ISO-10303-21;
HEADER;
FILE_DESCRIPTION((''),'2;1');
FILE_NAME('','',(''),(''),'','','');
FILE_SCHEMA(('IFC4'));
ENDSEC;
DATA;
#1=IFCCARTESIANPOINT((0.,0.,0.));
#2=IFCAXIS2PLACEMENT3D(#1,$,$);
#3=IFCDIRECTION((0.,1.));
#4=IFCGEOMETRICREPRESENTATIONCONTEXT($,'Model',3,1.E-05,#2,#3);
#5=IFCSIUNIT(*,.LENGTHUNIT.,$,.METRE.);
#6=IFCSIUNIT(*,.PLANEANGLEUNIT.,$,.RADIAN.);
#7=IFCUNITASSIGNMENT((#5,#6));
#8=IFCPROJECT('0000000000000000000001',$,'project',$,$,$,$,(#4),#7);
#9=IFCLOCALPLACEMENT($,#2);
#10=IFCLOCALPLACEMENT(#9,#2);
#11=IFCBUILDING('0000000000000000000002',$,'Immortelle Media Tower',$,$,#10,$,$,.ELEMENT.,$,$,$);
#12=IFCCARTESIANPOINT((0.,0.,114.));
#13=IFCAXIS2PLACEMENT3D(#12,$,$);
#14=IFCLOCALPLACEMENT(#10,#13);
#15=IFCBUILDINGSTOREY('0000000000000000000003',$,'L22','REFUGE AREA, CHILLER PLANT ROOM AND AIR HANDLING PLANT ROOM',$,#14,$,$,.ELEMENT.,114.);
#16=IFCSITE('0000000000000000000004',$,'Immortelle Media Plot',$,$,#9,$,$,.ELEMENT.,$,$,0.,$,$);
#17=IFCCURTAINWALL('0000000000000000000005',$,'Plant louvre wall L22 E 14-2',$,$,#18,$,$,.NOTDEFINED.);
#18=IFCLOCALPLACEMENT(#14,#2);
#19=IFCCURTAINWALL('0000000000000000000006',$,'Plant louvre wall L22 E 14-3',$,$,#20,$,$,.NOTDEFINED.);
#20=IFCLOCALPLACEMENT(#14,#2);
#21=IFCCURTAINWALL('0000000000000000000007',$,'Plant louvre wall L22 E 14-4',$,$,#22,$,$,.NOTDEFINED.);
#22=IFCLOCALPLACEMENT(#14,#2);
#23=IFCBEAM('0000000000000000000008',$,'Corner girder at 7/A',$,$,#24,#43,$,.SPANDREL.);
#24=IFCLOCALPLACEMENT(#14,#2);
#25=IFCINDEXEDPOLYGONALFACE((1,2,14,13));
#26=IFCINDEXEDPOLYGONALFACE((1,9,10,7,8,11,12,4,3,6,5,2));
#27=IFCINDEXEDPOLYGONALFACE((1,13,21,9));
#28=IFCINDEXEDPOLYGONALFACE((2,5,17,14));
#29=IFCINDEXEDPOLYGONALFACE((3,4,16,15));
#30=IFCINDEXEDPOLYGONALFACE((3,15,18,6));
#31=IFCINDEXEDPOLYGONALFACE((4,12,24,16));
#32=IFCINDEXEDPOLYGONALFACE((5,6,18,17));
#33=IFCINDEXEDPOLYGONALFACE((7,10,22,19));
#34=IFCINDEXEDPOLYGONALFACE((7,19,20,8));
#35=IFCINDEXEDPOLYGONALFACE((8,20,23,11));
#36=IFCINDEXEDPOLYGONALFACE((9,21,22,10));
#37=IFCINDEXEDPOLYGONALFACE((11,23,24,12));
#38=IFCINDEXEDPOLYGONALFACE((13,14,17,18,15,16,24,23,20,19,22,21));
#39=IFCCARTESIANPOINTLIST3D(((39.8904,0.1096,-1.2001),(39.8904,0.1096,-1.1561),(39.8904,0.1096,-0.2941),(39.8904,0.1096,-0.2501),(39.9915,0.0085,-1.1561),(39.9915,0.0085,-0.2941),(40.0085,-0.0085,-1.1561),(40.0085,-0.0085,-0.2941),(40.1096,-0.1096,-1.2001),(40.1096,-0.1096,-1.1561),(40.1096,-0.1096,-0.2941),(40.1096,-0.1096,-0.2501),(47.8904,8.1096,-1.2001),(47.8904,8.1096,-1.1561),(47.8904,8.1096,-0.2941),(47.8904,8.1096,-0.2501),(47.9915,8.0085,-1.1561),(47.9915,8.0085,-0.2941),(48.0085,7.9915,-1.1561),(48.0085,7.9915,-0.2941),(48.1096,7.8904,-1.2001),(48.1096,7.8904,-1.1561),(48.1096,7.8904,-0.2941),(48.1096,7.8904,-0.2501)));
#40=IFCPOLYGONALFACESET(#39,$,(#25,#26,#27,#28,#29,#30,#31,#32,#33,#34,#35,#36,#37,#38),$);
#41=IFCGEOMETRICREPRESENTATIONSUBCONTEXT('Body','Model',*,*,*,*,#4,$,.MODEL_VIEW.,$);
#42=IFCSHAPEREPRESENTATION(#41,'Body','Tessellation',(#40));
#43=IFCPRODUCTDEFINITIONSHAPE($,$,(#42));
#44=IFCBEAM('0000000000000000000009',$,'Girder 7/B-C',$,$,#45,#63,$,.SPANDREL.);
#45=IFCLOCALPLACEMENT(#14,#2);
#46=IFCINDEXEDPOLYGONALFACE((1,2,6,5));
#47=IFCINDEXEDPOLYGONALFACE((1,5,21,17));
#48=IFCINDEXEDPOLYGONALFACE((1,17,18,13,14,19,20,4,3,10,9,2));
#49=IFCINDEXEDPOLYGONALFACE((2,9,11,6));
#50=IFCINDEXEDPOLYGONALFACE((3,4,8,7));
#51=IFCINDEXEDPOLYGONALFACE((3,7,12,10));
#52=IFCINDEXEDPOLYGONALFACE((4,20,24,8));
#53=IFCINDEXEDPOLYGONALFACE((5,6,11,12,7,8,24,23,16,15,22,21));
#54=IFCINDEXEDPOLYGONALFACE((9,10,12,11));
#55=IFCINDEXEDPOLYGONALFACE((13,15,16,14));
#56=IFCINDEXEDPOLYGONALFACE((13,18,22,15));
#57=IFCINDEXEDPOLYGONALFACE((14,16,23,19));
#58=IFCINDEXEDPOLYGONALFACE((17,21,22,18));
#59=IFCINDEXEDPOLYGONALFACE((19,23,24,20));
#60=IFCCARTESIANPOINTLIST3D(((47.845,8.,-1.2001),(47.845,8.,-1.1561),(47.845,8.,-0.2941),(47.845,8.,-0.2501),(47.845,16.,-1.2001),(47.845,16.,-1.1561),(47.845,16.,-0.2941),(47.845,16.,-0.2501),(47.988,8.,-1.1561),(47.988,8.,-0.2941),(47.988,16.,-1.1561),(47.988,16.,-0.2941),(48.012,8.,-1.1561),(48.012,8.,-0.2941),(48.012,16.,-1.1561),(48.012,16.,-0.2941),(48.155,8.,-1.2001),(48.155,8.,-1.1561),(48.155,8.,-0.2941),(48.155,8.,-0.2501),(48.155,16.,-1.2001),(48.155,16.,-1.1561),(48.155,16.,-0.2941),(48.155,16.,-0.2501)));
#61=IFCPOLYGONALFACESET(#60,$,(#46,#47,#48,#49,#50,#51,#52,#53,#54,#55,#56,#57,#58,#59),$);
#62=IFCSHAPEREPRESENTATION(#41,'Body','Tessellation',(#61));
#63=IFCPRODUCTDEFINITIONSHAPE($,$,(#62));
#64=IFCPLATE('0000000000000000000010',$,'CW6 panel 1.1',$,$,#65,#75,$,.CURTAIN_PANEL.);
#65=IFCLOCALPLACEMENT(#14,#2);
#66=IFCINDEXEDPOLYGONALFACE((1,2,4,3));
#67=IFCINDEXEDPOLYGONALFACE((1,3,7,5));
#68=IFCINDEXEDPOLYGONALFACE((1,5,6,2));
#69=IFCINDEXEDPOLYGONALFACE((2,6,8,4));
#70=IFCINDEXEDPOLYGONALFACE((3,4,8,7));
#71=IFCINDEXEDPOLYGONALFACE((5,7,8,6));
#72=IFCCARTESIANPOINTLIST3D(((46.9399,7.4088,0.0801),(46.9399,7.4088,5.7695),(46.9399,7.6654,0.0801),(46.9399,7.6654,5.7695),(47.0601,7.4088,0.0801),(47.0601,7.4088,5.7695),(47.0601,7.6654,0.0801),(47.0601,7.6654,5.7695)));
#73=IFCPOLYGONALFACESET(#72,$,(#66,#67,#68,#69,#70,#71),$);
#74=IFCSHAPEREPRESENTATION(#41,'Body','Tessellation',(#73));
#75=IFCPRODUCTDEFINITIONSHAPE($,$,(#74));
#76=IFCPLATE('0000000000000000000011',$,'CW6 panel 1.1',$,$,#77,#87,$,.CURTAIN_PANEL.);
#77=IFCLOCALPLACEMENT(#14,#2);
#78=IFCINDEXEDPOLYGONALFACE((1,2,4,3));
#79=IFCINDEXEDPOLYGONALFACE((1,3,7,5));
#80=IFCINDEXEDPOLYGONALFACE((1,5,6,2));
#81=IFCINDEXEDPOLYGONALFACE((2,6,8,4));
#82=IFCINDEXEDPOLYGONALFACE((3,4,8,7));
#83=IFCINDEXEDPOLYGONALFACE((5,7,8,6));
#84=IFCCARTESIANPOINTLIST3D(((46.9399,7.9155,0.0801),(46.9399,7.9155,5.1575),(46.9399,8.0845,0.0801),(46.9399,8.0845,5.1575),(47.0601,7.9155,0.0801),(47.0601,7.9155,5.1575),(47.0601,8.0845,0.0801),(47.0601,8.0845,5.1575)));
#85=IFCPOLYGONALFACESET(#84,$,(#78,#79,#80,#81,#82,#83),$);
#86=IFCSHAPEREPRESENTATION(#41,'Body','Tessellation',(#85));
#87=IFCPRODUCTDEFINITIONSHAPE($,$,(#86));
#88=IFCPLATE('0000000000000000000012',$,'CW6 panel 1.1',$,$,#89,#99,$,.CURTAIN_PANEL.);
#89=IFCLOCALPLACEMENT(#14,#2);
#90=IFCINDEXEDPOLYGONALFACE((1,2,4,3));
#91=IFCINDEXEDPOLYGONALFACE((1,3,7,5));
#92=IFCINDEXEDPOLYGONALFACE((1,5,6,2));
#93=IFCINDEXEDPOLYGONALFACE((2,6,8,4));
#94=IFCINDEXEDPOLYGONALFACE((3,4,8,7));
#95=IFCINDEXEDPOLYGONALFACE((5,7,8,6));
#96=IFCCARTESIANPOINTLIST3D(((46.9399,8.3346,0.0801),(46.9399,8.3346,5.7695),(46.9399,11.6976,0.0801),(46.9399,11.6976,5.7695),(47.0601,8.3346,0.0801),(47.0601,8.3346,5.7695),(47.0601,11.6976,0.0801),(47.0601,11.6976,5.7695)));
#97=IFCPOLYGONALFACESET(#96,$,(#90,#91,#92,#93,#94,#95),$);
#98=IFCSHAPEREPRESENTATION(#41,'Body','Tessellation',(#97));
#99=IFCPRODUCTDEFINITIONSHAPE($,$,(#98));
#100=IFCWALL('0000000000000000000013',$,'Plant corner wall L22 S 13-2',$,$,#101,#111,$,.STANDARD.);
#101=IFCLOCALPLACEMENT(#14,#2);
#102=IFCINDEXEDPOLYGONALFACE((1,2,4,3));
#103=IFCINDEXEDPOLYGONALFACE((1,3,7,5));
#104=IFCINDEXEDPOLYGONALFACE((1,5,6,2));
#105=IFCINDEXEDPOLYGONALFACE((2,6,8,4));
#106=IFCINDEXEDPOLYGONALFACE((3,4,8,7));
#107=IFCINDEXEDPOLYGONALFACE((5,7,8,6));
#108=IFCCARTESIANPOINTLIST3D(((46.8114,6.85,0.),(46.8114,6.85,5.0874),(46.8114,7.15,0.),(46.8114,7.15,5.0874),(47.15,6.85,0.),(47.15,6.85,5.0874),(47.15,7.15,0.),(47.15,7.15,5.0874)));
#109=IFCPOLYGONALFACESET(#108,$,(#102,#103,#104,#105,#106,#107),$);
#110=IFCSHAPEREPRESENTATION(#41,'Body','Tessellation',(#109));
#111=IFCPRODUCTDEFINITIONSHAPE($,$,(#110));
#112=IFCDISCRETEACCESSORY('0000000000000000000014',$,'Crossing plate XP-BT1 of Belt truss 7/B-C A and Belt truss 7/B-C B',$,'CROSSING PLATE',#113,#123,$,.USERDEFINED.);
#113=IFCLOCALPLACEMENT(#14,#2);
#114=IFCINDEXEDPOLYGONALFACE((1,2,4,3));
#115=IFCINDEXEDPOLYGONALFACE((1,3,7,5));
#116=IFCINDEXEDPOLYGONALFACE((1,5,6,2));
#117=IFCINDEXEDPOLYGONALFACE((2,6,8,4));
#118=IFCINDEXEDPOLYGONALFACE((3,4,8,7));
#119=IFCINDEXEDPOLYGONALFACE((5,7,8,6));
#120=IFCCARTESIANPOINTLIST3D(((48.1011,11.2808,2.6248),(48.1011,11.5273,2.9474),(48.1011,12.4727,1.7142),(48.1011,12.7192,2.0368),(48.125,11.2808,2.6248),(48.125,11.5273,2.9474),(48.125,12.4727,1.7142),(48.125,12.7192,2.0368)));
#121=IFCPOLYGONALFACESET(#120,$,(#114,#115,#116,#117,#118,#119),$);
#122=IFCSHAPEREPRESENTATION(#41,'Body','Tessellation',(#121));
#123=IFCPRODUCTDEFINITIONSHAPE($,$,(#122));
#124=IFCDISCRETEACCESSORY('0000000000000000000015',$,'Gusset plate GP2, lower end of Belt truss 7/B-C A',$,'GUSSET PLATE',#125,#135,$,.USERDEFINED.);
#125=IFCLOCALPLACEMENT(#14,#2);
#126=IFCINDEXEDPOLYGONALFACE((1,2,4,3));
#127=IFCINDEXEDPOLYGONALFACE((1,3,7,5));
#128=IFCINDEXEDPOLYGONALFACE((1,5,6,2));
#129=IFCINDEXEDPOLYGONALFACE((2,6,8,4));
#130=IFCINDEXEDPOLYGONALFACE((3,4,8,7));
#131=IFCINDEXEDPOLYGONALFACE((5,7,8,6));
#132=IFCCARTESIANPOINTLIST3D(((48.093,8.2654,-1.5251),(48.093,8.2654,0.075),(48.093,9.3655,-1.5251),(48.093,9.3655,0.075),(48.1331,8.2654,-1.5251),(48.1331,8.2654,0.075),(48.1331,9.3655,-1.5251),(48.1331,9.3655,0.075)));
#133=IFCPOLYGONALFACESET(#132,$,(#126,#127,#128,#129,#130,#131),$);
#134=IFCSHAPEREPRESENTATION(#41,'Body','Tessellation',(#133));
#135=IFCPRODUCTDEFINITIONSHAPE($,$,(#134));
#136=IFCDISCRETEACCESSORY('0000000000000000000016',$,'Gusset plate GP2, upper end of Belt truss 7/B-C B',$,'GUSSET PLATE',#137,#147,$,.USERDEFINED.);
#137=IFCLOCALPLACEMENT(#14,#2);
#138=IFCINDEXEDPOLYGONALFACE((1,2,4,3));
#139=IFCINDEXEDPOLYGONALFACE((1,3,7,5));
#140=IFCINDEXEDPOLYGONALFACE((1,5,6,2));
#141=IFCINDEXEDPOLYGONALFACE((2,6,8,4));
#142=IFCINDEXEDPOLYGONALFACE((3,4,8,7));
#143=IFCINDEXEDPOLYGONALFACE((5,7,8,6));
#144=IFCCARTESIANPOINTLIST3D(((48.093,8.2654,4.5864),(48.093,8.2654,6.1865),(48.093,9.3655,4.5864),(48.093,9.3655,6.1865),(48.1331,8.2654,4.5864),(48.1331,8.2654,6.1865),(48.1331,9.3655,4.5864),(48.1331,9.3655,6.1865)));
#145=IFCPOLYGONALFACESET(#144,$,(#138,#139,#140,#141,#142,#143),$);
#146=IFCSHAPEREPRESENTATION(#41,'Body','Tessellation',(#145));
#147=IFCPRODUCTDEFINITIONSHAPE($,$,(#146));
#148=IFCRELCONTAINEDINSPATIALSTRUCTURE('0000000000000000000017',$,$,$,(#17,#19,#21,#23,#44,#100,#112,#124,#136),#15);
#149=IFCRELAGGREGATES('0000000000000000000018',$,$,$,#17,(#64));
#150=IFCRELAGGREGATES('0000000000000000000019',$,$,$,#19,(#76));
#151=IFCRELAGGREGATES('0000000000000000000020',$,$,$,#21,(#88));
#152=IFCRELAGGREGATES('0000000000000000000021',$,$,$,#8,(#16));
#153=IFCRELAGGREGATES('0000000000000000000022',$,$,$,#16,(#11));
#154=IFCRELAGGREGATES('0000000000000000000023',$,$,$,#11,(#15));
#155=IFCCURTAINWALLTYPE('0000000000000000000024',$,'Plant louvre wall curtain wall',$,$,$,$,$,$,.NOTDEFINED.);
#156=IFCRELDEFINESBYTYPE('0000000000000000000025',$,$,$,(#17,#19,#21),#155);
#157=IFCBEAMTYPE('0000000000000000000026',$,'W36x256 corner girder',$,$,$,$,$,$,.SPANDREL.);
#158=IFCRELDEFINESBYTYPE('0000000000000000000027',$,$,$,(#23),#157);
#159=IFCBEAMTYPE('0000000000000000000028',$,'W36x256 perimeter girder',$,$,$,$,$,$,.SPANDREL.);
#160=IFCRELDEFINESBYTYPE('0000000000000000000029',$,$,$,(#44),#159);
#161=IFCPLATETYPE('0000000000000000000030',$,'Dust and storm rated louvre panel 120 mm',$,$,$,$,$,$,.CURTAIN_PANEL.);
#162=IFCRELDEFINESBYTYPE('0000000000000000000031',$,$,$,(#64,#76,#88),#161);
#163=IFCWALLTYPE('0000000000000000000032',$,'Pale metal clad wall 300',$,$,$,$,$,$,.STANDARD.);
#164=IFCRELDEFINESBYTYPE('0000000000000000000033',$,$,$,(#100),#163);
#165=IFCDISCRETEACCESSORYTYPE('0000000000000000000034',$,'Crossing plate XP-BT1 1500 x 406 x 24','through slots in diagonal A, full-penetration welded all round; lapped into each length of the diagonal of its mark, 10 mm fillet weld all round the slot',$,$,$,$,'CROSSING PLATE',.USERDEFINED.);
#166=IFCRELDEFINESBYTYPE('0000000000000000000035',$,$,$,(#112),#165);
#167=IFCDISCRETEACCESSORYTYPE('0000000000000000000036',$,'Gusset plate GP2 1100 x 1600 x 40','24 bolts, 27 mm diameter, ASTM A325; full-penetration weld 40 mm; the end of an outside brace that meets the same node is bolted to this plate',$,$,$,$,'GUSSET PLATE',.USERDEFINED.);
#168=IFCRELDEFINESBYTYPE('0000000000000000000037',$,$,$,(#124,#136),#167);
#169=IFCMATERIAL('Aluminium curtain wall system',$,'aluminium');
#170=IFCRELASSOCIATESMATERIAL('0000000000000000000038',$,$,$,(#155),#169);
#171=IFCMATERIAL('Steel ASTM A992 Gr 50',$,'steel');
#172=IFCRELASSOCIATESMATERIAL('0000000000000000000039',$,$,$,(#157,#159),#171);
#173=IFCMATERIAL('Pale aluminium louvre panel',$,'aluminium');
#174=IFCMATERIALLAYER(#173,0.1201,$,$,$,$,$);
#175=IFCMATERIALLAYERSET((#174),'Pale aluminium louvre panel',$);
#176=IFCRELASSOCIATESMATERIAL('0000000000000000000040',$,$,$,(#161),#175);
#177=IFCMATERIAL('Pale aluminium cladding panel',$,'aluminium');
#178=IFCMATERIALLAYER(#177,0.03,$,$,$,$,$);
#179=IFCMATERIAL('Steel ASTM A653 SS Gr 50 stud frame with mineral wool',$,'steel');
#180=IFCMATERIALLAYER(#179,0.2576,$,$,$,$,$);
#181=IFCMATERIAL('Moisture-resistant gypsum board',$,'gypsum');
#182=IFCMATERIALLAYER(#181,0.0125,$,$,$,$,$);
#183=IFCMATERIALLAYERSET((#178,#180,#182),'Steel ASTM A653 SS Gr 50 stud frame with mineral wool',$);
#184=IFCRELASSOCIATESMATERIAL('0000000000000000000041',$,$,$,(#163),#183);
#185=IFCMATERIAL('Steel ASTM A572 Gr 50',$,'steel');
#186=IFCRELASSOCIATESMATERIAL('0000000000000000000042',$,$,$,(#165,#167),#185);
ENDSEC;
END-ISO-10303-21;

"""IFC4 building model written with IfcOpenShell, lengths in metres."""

from ifc_helpers import new_model, si_unit, direction, frame, frame_2d, origin, origin_2d, place, context, subcontext, project, spatial, rectangle, i_section, extrude, material, layer, layer_set, material_profile, profile_set, type_object, element, aggregate, save


model = new_model("IFC4")

# Units and contexts
model_context = context("Model", 3, precision=1e-05, world=origin(), true_north=direction((0.0, 1.0)))
body_context = subcontext(model_context, "Body", "Model", "MODEL_VIEW")
ifc_project = project(units=[si_unit("LENGTHUNIT", "METRE"), si_unit("PLANEANGLEUNIT", "RADIAN")], contexts=[model_context])

# Site, building, storey
site_placement = place(None, origin())
site = spatial("IfcSite", under=ifc_project, at=site_placement, Name="Immortelle Media Plot", CompositionType="ELEMENT", RefElevation=0.0)
building_placement = place(site_placement, origin())
building = spatial("IfcBuilding", under=site, at=building_placement, Name="Immortelle Media Tower", CompositionType="ELEMENT")
storey_placement = place(building_placement, frame((0.0, 0.0, 114.0)))
storey = spatial("IfcBuildingStorey", under=building, at=storey_placement, Name="L22", Description="REFUGE AREA, CHILLER PLANT ROOM AND AIR HANDLING PLANT ROOM", CompositionType="ELEMENT", Elevation=114.0)

# Shared definitions
ifc_material_1 = material(Name="Steel ASTM A992 Gr 50", Category="steel")

# Curtain walls
ifc_material_2 = material(Name="Aluminium curtain wall system", Category="aluminium")
curtain_wall_type = type_object("IfcCurtainWallType", Name="Plant louvre wall curtain wall", PredefinedType="NOTDEFINED", material=ifc_material_2)
curtain_wall_1_placement = place(storey_placement, origin())
curtain_wall_1 = element("IfcCurtainWall", 1, at=curtain_wall_1_placement, inside=storey, type_object=curtain_wall_type, Name="Plant louvre wall L22 E 14-2", PredefinedType="NOTDEFINED")
curtain_wall_2_placement = place(storey_placement, origin())
curtain_wall_2 = element("IfcCurtainWall", 2, at=curtain_wall_2_placement, inside=storey, type_object=curtain_wall_type, Name="Plant louvre wall L22 E 14-3", PredefinedType="NOTDEFINED")
curtain_wall_3_placement = place(storey_placement, origin())
curtain_wall_3 = element("IfcCurtainWall", 3, at=curtain_wall_3_placement, inside=storey, type_object=curtain_wall_type, Name="Plant louvre wall L22 E 14-4", PredefinedType="NOTDEFINED")

# Beams
ifc_material_profile_1 = material_profile(ifc_material_1, i_section(OverallWidth=0.3101, OverallDepth=0.95, WebThickness=0.0239, FlangeThickness=0.0439, at=origin_2d()), Name="W36x256")
ifc_profile_set_1 = profile_set([ifc_material_profile_1], Name="Steel ASTM A992 Gr 50")
beam_type_1 = type_object("IfcBeamType", Name="W36x256 corner girder", PredefinedType="SPANDREL", material=ifc_profile_set_1)
beam_1_placement = place(storey_placement, frame((48.0, 8.0, -0.7251), z_axis=(-0.707107, -0.707107, 0.0), x_axis=(0.707107, -0.707107, 0.0)))
element("IfcBeam", 4, at=beam_1_placement, inside=storey, type_object=beam_type_1, Name="Corner girder at 7/A", PredefinedType="SPANDREL", context=body_context, shape_type="SweptSolid", body=[
    extrude(i_section(OverallWidth=0.3101, OverallDepth=0.95, WebThickness=0.0239, FlangeThickness=0.0439, at=origin_2d()), origin(), (0.0, 0.0, 1.0), 11.3137),
])
ifc_material_profile_2 = material_profile(ifc_material_1, i_section(OverallWidth=0.3101, OverallDepth=0.95, WebThickness=0.0239, FlangeThickness=0.0439, at=origin_2d()), Name="W36x256")
ifc_profile_set_2 = profile_set([ifc_material_profile_2], Name="Steel ASTM A992 Gr 50")
beam_type_2 = type_object("IfcBeamType", Name="W36x256 perimeter girder", PredefinedType="SPANDREL", material=ifc_profile_set_2)
beam_2_placement = place(storey_placement, frame((48.0, 8.0, -0.7251), z_axis=(0.0, 1.0, 0.0), x_axis=(-1.0, 0.0, 0.0)))
element("IfcBeam", 5, at=beam_2_placement, inside=storey, type_object=beam_type_2, Name="Girder 7/B-C", PredefinedType="SPANDREL", context=body_context, shape_type="SweptSolid", body=[
    extrude(i_section(OverallWidth=0.3101, OverallDepth=0.95, WebThickness=0.0239, FlangeThickness=0.0439, at=origin_2d()), origin(), (0.0, 0.0, 1.0), 8.0),
])

# Plates
ifc_material_3 = material(Name="Pale aluminium louvre panel", Category="aluminium")
ifc_layer_1 = layer(ifc_material_3, 0.1201)
ifc_layer_set_1 = layer_set([ifc_layer_1], Name="Pale aluminium louvre panel")
plate_type = type_object("IfcPlateType", Name="Dust and storm rated louvre panel 120 mm", PredefinedType="CURTAIN_PANEL", material=ifc_layer_set_1)
plate_1_placement = place(storey_placement, frame((47.0, 7.5371, 0.0801), z_axis=(0.0, 0.0, 1.0), x_axis=(0.0, 1.0, 0.0)))
plate_1 = element("IfcPlate", 6, at=plate_1_placement, type_object=plate_type, Name="CW6 panel 1.1", PredefinedType="CURTAIN_PANEL", context=body_context, shape_type="SweptSolid", body=[
    extrude(rectangle(XDim=0.2566, YDim=0.1201, at=origin_2d()), origin(), (0.0, 0.0, 1.0), 5.6895),
])
aggregate(curtain_wall_1, [plate_1])
plate_2_placement = place(storey_placement, frame((47.0, 8.0, 0.0801), z_axis=(0.0, 0.0, 1.0), x_axis=(0.0, 1.0, 0.0)))
plate_2 = element("IfcPlate", 7, at=plate_2_placement, type_object=plate_type, Name="CW6 panel 1.1", PredefinedType="CURTAIN_PANEL", context=body_context, shape_type="SweptSolid", body=[
    extrude(rectangle(XDim=0.1689, YDim=0.1201, at=origin_2d()), origin(), (0.0, 0.0, 1.0), 5.0774),
])
aggregate(curtain_wall_2, [plate_2])
plate_3_placement = place(storey_placement, frame((47.0, 10.0161, 0.0801), z_axis=(0.0, 0.0, 1.0), x_axis=(0.0, 1.0, 0.0)))
plate_3 = element("IfcPlate", 8, at=plate_3_placement, type_object=plate_type, Name="CW6 panel 1.1", PredefinedType="CURTAIN_PANEL", context=body_context, shape_type="SweptSolid", body=[
    extrude(rectangle(XDim=3.363, YDim=0.1201, at=origin_2d()), origin(), (0.0, 0.0, 1.0), 5.6895),
])
aggregate(curtain_wall_3, [plate_3])

# Wall
ifc_material_4 = material(Name="Pale aluminium cladding panel", Category="aluminium")
ifc_layer_2 = layer(ifc_material_4, 0.03)
ifc_material_5 = material(Name="Steel ASTM A653 SS Gr 50 stud frame with mineral wool", Category="steel")
ifc_layer_3 = layer(ifc_material_5, 0.2576)
ifc_material_6 = material(Name="Moisture-resistant gypsum board", Category="gypsum")
ifc_layer_4 = layer(ifc_material_6, 0.0125)
ifc_layer_set_2 = layer_set([ifc_layer_2, ifc_layer_3, ifc_layer_4], Name="Steel ASTM A653 SS Gr 50 stud frame with mineral wool")
wall_type = type_object("IfcWallType", Name="Pale metal clad wall 300", PredefinedType="STANDARD", material=ifc_layer_set_2)
wall_placement = place(storey_placement, frame((46.8113, 7.0, 0.0), z_axis=(0.0, 0.0, 1.0), x_axis=(1.0, 0.0, 0.0)))
element("IfcWall", 9, at=wall_placement, inside=storey, type_object=wall_type, Name="Plant corner wall L22 S 13-2", PredefinedType="STANDARD", context=body_context, shape_type="SweptSolid", body=[
    extrude(rectangle(XDim=0.3386, YDim=0.3, at=frame_2d((0.1694, 0.0))), origin(), (0.0, 0.0, 1.0), 5.0874),
])

# Discrete accessories
ifc_material_7 = material(Name="Steel ASTM A572 Gr 50", Category="steel")
ifc_material_profile_3 = material_profile(ifc_material_7, rectangle(XDim=0.0239, YDim=0.406, at=origin_2d()), Name="PL 24 x 406")
ifc_profile_set_3 = profile_set([ifc_material_profile_3], Name="Steel ASTM A572 Gr 50")
discrete_accessory_type_1 = type_object("IfcDiscreteAccessoryType", Name="Crossing plate XP-BT1 1500 x 406 x 24", Description="through slots in diagonal A, full-penetration welded all round; lapped into each length of the diagonal of its mark, 10 mm fillet weld all round the slot", ElementType="CROSSING PLATE", PredefinedType="USERDEFINED", material=ifc_profile_set_3)
discrete_accessory_placement = place(storey_placement, frame((48.113, 11.4041, 2.7861), z_axis=(0.0, 0.794616, -0.607112), x_axis=(-1.0, 0.0, 0.0)))
element("IfcDiscreteAccessory", 10, at=discrete_accessory_placement, inside=storey, type_object=discrete_accessory_type_1, Name="Crossing plate XP-BT1 of Belt truss 7/B-C A and Belt truss 7/B-C B", ObjectType="CROSSING PLATE", PredefinedType="USERDEFINED", context=body_context, shape_type="SweptSolid", body=[
    extrude(rectangle(XDim=0.0239, YDim=0.406, at=origin_2d()), origin(), (0.0, 0.0, 1.0), 1.5),
])
ifc_material_profile_4 = material_profile(ifc_material_7, rectangle(XDim=0.04, YDim=1.6001, at=origin_2d()), Name="PL 40 x 1600")
ifc_profile_set_4 = profile_set([ifc_material_profile_4], Name="Steel ASTM A572 Gr 50")
discrete_accessory_type_2 = type_object("IfcDiscreteAccessoryType", Name="Gusset plate GP2 1100 x 1600 x 40", Description="24 bolts, 27 mm diameter, ASTM A325; full-penetration weld 40 mm; the end of an outside brace that meets the same node is bolted to this plate", ElementType="GUSSET PLATE", PredefinedType="USERDEFINED", material=ifc_profile_set_4)
for number, where, z_axis, x_axis, name in (
    (11, (48.113, 8.2654, -0.7251), (0.0, 1.0, 0.0), (-1.0, 0.0, 0.0), "Gusset plate GP2, lower end of Belt truss 7/B-C A"),
    (12, (48.113, 8.2654, 5.3865), (0.0, 1.0, 0.0), (-1.0, 0.0, 0.0), "Gusset plate GP2, upper end of Belt truss 7/B-C B"),
):
    element("IfcDiscreteAccessory", number, at=place(storey_placement, frame(where, z_axis=z_axis, x_axis=x_axis)), inside=storey, type_object=discrete_accessory_type_2, Name=name, ObjectType="GUSSET PLATE", PredefinedType="USERDEFINED", context=body_context, shape_type="SweptSolid", body=[
        extrude(rectangle(XDim=0.04, YDim=1.6001, at=origin_2d()), origin(), (0.0, 0.0, 1.0), 1.1001),
    ])

save(model, "model.ifc")
